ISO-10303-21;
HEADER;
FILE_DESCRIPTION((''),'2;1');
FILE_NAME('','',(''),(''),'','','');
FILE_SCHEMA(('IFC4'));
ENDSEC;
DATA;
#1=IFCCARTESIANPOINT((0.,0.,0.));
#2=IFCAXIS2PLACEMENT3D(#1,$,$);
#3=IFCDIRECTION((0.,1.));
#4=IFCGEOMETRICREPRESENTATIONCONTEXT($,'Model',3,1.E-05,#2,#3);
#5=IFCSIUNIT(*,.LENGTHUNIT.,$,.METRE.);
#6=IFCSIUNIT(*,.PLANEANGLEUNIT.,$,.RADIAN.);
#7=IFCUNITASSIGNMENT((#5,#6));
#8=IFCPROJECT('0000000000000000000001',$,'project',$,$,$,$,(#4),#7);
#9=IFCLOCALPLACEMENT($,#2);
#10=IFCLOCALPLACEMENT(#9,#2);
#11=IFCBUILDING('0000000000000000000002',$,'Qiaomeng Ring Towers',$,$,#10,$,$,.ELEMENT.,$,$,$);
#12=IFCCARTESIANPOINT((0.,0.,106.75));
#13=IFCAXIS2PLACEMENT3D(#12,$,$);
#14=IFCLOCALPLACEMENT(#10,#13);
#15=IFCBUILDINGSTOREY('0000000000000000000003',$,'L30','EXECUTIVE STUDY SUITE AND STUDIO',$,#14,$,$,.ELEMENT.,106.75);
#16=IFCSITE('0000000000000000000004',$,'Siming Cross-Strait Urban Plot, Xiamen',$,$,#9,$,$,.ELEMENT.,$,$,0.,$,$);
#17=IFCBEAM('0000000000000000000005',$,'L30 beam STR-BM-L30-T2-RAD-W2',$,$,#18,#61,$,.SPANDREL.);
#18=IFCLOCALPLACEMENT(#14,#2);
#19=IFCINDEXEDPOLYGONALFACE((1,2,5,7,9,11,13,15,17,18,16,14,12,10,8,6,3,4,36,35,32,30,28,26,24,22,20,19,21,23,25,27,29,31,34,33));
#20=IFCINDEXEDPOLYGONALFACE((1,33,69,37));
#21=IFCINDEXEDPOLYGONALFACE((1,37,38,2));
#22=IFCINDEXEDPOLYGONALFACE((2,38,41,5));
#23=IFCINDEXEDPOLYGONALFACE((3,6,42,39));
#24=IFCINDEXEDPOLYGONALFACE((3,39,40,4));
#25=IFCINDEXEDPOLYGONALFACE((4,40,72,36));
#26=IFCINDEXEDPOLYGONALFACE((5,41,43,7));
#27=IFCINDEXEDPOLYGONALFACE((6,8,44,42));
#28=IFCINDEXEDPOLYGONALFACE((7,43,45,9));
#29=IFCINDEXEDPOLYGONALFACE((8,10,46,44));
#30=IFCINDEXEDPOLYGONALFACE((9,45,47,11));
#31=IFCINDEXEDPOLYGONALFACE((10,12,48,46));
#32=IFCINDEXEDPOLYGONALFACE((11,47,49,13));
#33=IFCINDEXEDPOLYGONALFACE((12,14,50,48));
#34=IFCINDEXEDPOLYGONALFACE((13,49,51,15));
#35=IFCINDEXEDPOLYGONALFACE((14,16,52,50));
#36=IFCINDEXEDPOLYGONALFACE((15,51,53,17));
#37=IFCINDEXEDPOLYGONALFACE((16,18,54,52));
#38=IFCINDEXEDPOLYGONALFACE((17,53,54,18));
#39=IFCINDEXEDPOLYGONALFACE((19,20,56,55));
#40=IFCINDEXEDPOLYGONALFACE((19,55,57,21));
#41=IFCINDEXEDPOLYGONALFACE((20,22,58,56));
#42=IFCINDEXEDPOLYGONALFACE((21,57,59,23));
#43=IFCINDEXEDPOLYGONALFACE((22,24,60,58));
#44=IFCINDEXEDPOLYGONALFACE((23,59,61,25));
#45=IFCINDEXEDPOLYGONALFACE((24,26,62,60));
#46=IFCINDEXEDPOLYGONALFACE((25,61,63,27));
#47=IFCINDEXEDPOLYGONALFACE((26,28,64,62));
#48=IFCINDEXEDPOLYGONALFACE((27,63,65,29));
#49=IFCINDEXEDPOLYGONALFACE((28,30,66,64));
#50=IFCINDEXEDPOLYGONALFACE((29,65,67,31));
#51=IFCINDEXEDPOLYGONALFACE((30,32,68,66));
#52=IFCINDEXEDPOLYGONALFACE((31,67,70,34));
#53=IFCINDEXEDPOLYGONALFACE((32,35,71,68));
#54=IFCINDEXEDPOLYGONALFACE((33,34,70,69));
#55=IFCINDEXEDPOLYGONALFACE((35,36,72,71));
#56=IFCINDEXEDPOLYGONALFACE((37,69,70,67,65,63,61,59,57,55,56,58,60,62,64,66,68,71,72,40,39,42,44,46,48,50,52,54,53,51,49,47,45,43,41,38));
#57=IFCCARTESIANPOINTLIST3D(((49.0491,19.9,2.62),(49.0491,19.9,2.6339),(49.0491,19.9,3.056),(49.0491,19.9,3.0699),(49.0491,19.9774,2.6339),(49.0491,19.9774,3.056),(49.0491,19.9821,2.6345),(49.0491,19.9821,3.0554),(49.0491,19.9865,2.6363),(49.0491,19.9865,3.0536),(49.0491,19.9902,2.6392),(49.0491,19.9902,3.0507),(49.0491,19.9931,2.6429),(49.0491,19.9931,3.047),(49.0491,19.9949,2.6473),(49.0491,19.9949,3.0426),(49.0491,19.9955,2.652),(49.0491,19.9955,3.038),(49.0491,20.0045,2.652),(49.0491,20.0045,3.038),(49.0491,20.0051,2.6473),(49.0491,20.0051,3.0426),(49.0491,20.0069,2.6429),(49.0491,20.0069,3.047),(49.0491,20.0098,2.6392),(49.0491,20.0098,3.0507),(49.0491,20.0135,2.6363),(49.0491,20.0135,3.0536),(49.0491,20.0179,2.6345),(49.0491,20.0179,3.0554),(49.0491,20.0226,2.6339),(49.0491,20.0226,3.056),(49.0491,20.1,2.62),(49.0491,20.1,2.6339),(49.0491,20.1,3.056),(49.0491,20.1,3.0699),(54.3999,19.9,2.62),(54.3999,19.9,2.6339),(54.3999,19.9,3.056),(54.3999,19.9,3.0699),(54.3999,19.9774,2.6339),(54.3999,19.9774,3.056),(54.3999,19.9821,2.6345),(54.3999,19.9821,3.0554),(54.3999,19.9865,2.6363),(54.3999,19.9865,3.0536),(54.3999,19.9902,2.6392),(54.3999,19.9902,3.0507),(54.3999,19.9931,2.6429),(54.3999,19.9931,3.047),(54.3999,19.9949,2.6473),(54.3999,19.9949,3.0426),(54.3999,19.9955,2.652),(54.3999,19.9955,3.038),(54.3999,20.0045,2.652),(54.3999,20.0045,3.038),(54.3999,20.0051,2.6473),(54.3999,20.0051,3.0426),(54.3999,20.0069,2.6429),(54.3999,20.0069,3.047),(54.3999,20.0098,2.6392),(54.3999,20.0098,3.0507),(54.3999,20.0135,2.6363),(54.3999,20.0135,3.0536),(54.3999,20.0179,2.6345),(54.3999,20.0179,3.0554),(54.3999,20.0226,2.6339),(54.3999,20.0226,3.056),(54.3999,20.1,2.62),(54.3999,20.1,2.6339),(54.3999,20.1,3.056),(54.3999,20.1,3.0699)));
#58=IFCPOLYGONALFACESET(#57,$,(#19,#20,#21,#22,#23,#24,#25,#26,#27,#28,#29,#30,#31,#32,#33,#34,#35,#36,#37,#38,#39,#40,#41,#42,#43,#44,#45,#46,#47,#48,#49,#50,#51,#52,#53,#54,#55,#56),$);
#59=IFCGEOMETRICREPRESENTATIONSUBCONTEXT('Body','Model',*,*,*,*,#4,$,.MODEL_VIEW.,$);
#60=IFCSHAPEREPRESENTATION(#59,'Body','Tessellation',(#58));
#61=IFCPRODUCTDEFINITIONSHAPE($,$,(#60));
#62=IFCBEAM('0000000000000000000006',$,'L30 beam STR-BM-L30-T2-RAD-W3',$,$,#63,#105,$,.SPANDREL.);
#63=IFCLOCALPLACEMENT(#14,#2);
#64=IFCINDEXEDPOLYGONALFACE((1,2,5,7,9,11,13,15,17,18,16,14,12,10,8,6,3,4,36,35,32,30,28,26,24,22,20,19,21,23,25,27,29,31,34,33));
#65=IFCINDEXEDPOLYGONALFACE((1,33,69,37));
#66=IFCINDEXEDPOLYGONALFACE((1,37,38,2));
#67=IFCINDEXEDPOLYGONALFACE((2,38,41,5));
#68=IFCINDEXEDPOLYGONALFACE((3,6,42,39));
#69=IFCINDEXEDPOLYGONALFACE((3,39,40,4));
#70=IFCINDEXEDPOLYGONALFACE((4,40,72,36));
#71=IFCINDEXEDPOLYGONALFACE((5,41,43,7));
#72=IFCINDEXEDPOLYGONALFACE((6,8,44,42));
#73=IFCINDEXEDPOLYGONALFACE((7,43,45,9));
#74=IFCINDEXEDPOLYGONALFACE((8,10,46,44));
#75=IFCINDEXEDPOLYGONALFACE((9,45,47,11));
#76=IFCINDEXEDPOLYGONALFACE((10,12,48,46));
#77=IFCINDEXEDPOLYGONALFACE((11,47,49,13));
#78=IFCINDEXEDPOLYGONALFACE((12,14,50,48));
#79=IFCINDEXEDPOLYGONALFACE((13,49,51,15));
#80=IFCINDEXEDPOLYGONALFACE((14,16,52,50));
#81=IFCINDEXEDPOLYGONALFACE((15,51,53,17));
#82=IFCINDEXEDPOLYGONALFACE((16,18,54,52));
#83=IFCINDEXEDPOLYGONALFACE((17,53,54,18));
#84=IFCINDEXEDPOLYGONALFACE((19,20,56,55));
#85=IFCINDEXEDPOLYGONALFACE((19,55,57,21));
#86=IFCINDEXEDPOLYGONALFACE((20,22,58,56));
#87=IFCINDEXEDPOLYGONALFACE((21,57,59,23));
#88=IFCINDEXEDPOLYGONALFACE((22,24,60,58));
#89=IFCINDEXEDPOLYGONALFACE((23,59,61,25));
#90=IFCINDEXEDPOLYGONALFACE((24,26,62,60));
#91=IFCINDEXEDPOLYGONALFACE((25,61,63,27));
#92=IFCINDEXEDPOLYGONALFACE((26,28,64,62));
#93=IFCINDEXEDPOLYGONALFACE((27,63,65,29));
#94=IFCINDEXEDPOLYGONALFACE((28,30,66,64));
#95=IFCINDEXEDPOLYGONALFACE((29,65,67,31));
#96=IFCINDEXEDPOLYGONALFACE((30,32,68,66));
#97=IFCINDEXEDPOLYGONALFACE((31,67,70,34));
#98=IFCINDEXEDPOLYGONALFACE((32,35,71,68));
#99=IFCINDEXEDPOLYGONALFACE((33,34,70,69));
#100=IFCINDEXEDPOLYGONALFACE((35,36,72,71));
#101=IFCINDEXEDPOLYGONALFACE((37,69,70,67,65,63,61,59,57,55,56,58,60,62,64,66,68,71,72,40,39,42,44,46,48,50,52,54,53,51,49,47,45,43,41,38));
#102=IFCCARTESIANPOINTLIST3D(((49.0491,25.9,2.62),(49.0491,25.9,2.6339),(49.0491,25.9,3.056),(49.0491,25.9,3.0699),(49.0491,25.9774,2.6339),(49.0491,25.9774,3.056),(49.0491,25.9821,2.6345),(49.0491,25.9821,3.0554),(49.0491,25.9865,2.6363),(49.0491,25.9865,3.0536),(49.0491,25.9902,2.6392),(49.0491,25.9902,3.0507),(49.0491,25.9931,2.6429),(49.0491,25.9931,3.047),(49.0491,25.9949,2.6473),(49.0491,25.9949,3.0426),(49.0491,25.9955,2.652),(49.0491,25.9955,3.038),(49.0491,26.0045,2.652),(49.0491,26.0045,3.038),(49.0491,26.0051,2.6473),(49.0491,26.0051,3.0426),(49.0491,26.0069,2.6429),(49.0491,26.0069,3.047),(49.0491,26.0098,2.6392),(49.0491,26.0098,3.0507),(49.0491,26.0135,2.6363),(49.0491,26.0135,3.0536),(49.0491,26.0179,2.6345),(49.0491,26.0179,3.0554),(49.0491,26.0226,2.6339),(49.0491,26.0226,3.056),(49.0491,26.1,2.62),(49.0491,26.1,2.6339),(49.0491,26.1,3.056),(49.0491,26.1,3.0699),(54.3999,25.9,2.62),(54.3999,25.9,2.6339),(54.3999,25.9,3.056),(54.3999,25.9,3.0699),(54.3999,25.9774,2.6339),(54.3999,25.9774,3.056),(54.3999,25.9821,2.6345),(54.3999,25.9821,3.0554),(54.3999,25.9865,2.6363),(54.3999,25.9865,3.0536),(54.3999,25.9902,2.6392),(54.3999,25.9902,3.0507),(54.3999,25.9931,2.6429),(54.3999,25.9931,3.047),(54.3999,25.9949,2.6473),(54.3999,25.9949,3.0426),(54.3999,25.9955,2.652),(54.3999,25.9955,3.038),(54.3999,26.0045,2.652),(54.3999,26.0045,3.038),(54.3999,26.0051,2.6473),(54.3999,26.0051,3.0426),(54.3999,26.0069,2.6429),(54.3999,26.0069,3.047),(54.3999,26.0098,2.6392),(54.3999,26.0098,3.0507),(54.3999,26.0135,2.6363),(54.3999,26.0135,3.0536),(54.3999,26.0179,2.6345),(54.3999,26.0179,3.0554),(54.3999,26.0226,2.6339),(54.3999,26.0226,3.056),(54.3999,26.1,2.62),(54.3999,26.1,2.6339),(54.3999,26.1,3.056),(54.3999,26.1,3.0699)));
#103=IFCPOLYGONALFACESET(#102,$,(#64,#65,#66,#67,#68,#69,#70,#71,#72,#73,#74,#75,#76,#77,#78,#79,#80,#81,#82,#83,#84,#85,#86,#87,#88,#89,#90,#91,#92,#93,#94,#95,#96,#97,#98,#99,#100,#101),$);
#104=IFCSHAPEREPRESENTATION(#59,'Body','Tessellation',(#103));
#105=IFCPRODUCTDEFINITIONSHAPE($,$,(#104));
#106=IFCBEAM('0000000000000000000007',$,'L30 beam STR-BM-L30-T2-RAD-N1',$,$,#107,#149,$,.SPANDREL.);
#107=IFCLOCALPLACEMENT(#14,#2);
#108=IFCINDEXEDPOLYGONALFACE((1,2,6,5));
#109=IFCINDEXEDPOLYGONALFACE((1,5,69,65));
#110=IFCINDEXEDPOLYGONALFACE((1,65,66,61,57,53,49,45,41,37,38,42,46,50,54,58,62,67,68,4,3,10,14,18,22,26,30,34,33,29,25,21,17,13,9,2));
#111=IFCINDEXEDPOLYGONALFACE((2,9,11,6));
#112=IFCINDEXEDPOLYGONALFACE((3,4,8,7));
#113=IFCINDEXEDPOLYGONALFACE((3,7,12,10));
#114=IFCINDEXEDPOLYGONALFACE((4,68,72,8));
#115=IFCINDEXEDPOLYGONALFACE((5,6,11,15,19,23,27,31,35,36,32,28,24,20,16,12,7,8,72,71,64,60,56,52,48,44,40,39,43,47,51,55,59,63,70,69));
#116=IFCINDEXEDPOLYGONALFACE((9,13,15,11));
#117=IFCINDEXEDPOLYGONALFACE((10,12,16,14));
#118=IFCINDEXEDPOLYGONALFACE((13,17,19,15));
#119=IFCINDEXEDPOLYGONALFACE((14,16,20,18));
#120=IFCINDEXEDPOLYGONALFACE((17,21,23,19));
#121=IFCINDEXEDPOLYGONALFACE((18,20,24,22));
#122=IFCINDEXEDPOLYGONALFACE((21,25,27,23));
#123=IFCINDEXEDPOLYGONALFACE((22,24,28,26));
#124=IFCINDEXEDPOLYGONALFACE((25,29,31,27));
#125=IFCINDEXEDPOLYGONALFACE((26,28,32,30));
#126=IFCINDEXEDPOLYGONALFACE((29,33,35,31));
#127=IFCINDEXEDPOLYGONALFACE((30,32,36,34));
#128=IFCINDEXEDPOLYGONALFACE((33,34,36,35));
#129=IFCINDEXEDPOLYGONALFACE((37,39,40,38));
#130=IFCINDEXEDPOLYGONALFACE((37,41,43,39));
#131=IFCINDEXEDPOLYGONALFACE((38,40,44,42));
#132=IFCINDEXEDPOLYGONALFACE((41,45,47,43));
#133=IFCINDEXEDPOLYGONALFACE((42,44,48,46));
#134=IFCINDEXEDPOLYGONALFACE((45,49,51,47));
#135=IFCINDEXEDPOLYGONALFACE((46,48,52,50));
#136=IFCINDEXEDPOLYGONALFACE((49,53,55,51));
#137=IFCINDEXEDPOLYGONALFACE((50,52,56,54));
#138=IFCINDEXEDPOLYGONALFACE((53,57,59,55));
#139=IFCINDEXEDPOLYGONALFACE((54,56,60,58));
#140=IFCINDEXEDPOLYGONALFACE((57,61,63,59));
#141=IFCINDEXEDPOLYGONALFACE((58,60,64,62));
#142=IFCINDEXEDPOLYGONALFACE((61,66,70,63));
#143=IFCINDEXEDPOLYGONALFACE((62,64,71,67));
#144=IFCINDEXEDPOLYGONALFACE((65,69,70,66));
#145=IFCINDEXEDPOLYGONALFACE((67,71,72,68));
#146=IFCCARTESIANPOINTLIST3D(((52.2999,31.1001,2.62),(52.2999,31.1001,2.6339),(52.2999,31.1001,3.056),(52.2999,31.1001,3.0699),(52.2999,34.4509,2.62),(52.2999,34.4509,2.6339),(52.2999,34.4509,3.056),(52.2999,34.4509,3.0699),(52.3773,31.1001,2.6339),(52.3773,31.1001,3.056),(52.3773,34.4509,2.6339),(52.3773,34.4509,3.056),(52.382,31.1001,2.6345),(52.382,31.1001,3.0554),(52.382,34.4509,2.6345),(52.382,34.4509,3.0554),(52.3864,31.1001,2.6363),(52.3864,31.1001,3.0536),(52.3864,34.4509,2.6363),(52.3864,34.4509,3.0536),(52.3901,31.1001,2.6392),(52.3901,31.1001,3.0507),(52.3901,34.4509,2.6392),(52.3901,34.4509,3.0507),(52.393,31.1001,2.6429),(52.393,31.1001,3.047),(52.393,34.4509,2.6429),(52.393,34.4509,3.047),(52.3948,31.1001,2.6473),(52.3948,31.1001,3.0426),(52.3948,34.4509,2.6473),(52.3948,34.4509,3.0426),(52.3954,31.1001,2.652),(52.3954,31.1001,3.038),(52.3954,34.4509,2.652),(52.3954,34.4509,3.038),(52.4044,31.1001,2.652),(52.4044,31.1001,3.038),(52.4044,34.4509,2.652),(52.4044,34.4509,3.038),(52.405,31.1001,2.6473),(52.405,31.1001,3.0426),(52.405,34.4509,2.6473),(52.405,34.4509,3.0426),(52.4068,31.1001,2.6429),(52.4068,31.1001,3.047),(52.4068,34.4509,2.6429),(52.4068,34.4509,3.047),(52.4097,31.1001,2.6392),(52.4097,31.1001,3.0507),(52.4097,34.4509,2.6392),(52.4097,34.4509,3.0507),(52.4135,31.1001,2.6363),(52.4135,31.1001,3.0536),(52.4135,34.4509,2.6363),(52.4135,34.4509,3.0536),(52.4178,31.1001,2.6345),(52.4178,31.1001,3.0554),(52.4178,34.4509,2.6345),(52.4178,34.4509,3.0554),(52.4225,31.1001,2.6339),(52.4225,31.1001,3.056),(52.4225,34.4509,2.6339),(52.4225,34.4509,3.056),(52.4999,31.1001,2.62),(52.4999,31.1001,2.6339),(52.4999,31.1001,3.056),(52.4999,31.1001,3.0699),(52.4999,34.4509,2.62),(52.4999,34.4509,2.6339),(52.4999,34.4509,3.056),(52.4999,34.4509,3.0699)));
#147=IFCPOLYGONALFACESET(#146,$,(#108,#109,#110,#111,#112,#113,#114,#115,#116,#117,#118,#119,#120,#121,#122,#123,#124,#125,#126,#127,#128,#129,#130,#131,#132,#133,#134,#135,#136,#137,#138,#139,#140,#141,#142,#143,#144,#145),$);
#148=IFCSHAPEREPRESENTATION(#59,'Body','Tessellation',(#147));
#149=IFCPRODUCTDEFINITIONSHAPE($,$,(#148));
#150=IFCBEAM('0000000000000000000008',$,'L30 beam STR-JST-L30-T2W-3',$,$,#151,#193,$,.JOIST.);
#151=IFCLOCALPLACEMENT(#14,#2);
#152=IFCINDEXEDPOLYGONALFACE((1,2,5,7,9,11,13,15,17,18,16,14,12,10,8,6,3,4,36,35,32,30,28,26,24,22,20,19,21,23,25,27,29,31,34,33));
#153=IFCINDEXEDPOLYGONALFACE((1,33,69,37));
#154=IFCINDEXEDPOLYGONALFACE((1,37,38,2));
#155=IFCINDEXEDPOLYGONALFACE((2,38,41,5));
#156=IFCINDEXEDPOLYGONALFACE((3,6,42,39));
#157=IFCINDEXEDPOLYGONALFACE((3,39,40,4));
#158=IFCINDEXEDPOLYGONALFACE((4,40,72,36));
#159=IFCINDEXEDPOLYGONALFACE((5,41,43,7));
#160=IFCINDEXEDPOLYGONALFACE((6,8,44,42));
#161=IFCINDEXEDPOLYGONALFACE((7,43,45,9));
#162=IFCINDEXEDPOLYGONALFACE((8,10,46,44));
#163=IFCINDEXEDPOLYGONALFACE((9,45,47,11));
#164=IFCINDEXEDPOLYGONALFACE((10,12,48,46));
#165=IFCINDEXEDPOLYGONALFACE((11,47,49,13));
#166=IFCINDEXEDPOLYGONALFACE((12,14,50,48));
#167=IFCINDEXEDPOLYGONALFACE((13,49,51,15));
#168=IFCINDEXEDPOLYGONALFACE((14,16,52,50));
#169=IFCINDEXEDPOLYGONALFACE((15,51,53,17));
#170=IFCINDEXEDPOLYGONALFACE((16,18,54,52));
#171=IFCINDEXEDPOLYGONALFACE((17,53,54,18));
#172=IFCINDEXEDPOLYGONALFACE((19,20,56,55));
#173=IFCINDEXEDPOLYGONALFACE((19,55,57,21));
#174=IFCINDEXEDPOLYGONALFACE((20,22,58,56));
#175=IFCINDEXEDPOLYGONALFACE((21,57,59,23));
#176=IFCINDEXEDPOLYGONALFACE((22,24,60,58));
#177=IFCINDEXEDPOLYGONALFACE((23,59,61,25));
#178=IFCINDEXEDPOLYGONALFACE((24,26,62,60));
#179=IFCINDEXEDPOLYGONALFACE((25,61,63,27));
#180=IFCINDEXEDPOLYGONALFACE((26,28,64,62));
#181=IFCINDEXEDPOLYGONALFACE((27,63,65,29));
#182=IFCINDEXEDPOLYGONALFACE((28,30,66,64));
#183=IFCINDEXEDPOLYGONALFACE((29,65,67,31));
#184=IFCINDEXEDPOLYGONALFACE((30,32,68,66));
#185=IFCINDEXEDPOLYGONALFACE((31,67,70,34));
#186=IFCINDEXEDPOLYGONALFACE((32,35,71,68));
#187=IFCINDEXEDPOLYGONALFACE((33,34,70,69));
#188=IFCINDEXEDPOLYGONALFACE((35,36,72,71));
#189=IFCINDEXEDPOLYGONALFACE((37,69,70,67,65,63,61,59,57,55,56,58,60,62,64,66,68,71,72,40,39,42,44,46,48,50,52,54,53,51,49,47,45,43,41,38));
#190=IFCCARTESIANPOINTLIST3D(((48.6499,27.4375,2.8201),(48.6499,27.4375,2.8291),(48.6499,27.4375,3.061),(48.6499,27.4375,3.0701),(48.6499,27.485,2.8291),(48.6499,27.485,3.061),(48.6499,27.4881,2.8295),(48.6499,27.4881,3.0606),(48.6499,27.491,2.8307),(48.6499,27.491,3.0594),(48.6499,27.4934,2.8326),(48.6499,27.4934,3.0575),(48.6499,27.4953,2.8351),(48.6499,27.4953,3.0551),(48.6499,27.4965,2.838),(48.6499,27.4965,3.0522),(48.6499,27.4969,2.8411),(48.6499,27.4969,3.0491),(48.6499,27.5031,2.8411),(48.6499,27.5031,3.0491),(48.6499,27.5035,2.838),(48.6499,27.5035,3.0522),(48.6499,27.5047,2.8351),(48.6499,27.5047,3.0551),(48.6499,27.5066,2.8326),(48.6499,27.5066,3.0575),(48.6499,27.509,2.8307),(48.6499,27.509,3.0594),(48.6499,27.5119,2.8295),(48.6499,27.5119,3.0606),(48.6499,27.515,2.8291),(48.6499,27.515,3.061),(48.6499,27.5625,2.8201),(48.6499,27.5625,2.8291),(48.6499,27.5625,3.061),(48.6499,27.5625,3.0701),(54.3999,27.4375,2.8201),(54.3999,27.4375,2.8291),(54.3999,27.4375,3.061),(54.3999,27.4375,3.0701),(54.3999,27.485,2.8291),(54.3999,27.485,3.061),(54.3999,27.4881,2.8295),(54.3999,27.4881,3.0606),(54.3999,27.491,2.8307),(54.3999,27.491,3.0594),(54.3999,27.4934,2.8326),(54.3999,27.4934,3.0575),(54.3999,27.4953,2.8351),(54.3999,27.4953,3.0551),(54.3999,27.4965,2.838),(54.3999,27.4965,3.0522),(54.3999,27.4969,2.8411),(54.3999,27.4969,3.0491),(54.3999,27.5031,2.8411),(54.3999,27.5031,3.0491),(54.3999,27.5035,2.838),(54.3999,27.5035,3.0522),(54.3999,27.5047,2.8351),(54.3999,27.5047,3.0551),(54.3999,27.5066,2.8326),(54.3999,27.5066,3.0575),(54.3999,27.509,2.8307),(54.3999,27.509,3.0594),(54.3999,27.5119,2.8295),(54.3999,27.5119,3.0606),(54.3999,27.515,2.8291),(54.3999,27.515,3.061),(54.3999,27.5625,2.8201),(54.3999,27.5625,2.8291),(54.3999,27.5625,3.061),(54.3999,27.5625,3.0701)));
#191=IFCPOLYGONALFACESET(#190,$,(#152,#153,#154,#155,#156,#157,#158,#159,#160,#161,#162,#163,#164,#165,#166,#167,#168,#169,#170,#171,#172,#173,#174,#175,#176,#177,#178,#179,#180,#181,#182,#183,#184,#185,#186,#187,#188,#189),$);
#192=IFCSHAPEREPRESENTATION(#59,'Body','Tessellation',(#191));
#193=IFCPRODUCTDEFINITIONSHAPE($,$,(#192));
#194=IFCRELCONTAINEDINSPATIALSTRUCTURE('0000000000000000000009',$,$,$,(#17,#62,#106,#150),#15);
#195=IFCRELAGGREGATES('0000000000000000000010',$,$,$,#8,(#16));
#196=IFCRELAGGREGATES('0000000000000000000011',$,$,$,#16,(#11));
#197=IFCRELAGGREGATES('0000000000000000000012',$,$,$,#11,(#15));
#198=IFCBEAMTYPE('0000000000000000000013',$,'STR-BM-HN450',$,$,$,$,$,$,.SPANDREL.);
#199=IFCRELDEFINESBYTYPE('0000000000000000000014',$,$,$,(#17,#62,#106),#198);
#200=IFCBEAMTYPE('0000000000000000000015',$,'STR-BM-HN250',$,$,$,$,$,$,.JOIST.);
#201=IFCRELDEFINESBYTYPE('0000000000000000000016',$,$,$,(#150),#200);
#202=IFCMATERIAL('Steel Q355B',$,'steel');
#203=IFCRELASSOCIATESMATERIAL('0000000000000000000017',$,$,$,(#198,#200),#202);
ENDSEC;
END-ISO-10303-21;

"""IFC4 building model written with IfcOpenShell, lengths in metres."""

from ifc_helpers import new_model, si_unit, direction, frame, origin, origin_2d, place, context, subcontext, project, spatial, i_section, extrude, source, transform, mapped, material, material_profile, profile_set, type_object, element, save


model = new_model("IFC4")

# Units and contexts
model_context = context("Model", 3, precision=1e-05, world=origin(), true_north=direction((0.0, 1.0)))
body_context = subcontext(model_context, "Body", "Model", "MODEL_VIEW")
ifc_project = project(units=[si_unit("LENGTHUNIT", "METRE"), si_unit("PLANEANGLEUNIT", "RADIAN")], contexts=[model_context])

# Site, building, storey
site_placement = place(None, origin())
site = spatial("IfcSite", under=ifc_project, at=site_placement, Name="Siming Cross-Strait Urban Plot, Xiamen", CompositionType="ELEMENT", RefElevation=0.0)
building_placement = place(site_placement, origin())
building = spatial("IfcBuilding", under=site, at=building_placement, Name="Qiaomeng Ring Towers", CompositionType="ELEMENT")
storey_placement = place(building_placement, frame((0.0, 0.0, 106.75)))
storey = spatial("IfcBuildingStorey", under=building, at=storey_placement, Name="L30", Description="EXECUTIVE STUDY SUITE AND STUDIO", CompositionType="ELEMENT", Elevation=106.75)

# Beams
ifc_material_1 = material(Name="Steel Q355B", Category="steel")
ifc_material_profile_1 = material_profile(ifc_material_1, i_section(OverallWidth=0.2, OverallDepth=0.45, WebThickness=0.009, FlangeThickness=0.0139, FilletRadius=0.0181, at=origin_2d()), Name="HN 450x200x9x14")
ifc_profile_set_1 = profile_set([ifc_material_profile_1], Name="Steel Q355B")
beam_type_1 = type_object("IfcBeamType", Name="STR-BM-HN450", PredefinedType="SPANDREL", material=ifc_profile_set_1)
shared_shape_1 = source(origin(), body_context, "Body", "SweptSolid", [
    extrude(i_section(OverallWidth=0.2, OverallDepth=0.45, WebThickness=0.009, FlangeThickness=0.0139, FilletRadius=0.0181, at=origin_2d()), origin(), (0.0, 0.0, 1.0), 5.3508),
])
for number, where, z_axis, x_axis, name in (
    (1, (49.0491, 20.0, 2.845), (1.0, 0.0, 0.0), (0.0, 1.0, 0.0), "L30 beam STR-BM-L30-T2-RAD-W2"),
    (2, (49.0491, 26.0, 2.845), (1.0, 0.0, 0.0), (0.0, 1.0, 0.0), "L30 beam STR-BM-L30-T2-RAD-W3"),
):
    element("IfcBeam", number, at=place(storey_placement, frame(where, z_axis=z_axis, x_axis=x_axis)), inside=storey, type_object=beam_type_1, Name=name, PredefinedType="SPANDREL", context=body_context, shape_type="MappedRepresentation", body=[
        mapped(shared_shape_1, transform((0.0, 0.0, 0.0), x_axis=(1.0, 0.0, 0.0), y_axis=(0.0, 1.0, 0.0), z_axis=(0.0, 0.0, 1.0), scale=1.0)),
    ])
shared_shape_2 = source(origin(), body_context, "Body", "SweptSolid", [
    extrude(i_section(OverallWidth=0.2, OverallDepth=0.45, WebThickness=0.009, FlangeThickness=0.0139, FilletRadius=0.0181, at=origin_2d()), origin(), (0.0, 0.0, 1.0), 3.3508),
])
beam_1_placement = place(storey_placement, frame((52.3999, 34.4509, 2.845), z_axis=(0.0, -1.0, 0.0), x_axis=(1.0, 0.0, 0.0)))
element("IfcBeam", 3, at=beam_1_placement, inside=storey, type_object=beam_type_1, Name="L30 beam STR-BM-L30-T2-RAD-N1", PredefinedType="SPANDREL", context=body_context, shape_type="MappedRepresentation", body=[
    mapped(shared_shape_2, transform((0.0, 0.0, 0.0), x_axis=(1.0, 0.0, 0.0), y_axis=(0.0, 1.0, 0.0), z_axis=(0.0, 0.0, 1.0), scale=1.0)),
])
ifc_material_profile_2 = material_profile(ifc_material_1, i_section(OverallWidth=0.125, OverallDepth=0.25, WebThickness=0.0061, FlangeThickness=0.009, FilletRadius=0.012, at=origin_2d()), Name="HN 250x125x6x9")
ifc_profile_set_2 = profile_set([ifc_material_profile_2], Name="Steel Q355B")
beam_type_2 = type_object("IfcBeamType", Name="STR-BM-HN250", PredefinedType="JOIST", material=ifc_profile_set_2)
shared_shape_3 = source(origin(), body_context, "Body", "SweptSolid", [
    extrude(i_section(OverallWidth=0.125, OverallDepth=0.25, WebThickness=0.0061, FlangeThickness=0.009, FilletRadius=0.012, at=origin_2d()), origin(), (0.0, 0.0, 1.0), 5.75),
])
beam_2_placement = place(storey_placement, frame((48.6499, 27.5, 2.9451), z_axis=(1.0, 0.0, 0.0), x_axis=(0.0, 1.0, 0.0)))
element("IfcBeam", 4, at=beam_2_placement, inside=storey, type_object=beam_type_2, Name="L30 beam STR-JST-L30-T2W-3", PredefinedType="JOIST", context=body_context, shape_type="MappedRepresentation", body=[
    mapped(shared_shape_3, transform((0.0, 0.0, 0.0), x_axis=(1.0, 0.0, 0.0), y_axis=(0.0, 1.0, 0.0), z_axis=(0.0, 0.0, 1.0), scale=1.0)),
])

save(model, "model.ifc")
